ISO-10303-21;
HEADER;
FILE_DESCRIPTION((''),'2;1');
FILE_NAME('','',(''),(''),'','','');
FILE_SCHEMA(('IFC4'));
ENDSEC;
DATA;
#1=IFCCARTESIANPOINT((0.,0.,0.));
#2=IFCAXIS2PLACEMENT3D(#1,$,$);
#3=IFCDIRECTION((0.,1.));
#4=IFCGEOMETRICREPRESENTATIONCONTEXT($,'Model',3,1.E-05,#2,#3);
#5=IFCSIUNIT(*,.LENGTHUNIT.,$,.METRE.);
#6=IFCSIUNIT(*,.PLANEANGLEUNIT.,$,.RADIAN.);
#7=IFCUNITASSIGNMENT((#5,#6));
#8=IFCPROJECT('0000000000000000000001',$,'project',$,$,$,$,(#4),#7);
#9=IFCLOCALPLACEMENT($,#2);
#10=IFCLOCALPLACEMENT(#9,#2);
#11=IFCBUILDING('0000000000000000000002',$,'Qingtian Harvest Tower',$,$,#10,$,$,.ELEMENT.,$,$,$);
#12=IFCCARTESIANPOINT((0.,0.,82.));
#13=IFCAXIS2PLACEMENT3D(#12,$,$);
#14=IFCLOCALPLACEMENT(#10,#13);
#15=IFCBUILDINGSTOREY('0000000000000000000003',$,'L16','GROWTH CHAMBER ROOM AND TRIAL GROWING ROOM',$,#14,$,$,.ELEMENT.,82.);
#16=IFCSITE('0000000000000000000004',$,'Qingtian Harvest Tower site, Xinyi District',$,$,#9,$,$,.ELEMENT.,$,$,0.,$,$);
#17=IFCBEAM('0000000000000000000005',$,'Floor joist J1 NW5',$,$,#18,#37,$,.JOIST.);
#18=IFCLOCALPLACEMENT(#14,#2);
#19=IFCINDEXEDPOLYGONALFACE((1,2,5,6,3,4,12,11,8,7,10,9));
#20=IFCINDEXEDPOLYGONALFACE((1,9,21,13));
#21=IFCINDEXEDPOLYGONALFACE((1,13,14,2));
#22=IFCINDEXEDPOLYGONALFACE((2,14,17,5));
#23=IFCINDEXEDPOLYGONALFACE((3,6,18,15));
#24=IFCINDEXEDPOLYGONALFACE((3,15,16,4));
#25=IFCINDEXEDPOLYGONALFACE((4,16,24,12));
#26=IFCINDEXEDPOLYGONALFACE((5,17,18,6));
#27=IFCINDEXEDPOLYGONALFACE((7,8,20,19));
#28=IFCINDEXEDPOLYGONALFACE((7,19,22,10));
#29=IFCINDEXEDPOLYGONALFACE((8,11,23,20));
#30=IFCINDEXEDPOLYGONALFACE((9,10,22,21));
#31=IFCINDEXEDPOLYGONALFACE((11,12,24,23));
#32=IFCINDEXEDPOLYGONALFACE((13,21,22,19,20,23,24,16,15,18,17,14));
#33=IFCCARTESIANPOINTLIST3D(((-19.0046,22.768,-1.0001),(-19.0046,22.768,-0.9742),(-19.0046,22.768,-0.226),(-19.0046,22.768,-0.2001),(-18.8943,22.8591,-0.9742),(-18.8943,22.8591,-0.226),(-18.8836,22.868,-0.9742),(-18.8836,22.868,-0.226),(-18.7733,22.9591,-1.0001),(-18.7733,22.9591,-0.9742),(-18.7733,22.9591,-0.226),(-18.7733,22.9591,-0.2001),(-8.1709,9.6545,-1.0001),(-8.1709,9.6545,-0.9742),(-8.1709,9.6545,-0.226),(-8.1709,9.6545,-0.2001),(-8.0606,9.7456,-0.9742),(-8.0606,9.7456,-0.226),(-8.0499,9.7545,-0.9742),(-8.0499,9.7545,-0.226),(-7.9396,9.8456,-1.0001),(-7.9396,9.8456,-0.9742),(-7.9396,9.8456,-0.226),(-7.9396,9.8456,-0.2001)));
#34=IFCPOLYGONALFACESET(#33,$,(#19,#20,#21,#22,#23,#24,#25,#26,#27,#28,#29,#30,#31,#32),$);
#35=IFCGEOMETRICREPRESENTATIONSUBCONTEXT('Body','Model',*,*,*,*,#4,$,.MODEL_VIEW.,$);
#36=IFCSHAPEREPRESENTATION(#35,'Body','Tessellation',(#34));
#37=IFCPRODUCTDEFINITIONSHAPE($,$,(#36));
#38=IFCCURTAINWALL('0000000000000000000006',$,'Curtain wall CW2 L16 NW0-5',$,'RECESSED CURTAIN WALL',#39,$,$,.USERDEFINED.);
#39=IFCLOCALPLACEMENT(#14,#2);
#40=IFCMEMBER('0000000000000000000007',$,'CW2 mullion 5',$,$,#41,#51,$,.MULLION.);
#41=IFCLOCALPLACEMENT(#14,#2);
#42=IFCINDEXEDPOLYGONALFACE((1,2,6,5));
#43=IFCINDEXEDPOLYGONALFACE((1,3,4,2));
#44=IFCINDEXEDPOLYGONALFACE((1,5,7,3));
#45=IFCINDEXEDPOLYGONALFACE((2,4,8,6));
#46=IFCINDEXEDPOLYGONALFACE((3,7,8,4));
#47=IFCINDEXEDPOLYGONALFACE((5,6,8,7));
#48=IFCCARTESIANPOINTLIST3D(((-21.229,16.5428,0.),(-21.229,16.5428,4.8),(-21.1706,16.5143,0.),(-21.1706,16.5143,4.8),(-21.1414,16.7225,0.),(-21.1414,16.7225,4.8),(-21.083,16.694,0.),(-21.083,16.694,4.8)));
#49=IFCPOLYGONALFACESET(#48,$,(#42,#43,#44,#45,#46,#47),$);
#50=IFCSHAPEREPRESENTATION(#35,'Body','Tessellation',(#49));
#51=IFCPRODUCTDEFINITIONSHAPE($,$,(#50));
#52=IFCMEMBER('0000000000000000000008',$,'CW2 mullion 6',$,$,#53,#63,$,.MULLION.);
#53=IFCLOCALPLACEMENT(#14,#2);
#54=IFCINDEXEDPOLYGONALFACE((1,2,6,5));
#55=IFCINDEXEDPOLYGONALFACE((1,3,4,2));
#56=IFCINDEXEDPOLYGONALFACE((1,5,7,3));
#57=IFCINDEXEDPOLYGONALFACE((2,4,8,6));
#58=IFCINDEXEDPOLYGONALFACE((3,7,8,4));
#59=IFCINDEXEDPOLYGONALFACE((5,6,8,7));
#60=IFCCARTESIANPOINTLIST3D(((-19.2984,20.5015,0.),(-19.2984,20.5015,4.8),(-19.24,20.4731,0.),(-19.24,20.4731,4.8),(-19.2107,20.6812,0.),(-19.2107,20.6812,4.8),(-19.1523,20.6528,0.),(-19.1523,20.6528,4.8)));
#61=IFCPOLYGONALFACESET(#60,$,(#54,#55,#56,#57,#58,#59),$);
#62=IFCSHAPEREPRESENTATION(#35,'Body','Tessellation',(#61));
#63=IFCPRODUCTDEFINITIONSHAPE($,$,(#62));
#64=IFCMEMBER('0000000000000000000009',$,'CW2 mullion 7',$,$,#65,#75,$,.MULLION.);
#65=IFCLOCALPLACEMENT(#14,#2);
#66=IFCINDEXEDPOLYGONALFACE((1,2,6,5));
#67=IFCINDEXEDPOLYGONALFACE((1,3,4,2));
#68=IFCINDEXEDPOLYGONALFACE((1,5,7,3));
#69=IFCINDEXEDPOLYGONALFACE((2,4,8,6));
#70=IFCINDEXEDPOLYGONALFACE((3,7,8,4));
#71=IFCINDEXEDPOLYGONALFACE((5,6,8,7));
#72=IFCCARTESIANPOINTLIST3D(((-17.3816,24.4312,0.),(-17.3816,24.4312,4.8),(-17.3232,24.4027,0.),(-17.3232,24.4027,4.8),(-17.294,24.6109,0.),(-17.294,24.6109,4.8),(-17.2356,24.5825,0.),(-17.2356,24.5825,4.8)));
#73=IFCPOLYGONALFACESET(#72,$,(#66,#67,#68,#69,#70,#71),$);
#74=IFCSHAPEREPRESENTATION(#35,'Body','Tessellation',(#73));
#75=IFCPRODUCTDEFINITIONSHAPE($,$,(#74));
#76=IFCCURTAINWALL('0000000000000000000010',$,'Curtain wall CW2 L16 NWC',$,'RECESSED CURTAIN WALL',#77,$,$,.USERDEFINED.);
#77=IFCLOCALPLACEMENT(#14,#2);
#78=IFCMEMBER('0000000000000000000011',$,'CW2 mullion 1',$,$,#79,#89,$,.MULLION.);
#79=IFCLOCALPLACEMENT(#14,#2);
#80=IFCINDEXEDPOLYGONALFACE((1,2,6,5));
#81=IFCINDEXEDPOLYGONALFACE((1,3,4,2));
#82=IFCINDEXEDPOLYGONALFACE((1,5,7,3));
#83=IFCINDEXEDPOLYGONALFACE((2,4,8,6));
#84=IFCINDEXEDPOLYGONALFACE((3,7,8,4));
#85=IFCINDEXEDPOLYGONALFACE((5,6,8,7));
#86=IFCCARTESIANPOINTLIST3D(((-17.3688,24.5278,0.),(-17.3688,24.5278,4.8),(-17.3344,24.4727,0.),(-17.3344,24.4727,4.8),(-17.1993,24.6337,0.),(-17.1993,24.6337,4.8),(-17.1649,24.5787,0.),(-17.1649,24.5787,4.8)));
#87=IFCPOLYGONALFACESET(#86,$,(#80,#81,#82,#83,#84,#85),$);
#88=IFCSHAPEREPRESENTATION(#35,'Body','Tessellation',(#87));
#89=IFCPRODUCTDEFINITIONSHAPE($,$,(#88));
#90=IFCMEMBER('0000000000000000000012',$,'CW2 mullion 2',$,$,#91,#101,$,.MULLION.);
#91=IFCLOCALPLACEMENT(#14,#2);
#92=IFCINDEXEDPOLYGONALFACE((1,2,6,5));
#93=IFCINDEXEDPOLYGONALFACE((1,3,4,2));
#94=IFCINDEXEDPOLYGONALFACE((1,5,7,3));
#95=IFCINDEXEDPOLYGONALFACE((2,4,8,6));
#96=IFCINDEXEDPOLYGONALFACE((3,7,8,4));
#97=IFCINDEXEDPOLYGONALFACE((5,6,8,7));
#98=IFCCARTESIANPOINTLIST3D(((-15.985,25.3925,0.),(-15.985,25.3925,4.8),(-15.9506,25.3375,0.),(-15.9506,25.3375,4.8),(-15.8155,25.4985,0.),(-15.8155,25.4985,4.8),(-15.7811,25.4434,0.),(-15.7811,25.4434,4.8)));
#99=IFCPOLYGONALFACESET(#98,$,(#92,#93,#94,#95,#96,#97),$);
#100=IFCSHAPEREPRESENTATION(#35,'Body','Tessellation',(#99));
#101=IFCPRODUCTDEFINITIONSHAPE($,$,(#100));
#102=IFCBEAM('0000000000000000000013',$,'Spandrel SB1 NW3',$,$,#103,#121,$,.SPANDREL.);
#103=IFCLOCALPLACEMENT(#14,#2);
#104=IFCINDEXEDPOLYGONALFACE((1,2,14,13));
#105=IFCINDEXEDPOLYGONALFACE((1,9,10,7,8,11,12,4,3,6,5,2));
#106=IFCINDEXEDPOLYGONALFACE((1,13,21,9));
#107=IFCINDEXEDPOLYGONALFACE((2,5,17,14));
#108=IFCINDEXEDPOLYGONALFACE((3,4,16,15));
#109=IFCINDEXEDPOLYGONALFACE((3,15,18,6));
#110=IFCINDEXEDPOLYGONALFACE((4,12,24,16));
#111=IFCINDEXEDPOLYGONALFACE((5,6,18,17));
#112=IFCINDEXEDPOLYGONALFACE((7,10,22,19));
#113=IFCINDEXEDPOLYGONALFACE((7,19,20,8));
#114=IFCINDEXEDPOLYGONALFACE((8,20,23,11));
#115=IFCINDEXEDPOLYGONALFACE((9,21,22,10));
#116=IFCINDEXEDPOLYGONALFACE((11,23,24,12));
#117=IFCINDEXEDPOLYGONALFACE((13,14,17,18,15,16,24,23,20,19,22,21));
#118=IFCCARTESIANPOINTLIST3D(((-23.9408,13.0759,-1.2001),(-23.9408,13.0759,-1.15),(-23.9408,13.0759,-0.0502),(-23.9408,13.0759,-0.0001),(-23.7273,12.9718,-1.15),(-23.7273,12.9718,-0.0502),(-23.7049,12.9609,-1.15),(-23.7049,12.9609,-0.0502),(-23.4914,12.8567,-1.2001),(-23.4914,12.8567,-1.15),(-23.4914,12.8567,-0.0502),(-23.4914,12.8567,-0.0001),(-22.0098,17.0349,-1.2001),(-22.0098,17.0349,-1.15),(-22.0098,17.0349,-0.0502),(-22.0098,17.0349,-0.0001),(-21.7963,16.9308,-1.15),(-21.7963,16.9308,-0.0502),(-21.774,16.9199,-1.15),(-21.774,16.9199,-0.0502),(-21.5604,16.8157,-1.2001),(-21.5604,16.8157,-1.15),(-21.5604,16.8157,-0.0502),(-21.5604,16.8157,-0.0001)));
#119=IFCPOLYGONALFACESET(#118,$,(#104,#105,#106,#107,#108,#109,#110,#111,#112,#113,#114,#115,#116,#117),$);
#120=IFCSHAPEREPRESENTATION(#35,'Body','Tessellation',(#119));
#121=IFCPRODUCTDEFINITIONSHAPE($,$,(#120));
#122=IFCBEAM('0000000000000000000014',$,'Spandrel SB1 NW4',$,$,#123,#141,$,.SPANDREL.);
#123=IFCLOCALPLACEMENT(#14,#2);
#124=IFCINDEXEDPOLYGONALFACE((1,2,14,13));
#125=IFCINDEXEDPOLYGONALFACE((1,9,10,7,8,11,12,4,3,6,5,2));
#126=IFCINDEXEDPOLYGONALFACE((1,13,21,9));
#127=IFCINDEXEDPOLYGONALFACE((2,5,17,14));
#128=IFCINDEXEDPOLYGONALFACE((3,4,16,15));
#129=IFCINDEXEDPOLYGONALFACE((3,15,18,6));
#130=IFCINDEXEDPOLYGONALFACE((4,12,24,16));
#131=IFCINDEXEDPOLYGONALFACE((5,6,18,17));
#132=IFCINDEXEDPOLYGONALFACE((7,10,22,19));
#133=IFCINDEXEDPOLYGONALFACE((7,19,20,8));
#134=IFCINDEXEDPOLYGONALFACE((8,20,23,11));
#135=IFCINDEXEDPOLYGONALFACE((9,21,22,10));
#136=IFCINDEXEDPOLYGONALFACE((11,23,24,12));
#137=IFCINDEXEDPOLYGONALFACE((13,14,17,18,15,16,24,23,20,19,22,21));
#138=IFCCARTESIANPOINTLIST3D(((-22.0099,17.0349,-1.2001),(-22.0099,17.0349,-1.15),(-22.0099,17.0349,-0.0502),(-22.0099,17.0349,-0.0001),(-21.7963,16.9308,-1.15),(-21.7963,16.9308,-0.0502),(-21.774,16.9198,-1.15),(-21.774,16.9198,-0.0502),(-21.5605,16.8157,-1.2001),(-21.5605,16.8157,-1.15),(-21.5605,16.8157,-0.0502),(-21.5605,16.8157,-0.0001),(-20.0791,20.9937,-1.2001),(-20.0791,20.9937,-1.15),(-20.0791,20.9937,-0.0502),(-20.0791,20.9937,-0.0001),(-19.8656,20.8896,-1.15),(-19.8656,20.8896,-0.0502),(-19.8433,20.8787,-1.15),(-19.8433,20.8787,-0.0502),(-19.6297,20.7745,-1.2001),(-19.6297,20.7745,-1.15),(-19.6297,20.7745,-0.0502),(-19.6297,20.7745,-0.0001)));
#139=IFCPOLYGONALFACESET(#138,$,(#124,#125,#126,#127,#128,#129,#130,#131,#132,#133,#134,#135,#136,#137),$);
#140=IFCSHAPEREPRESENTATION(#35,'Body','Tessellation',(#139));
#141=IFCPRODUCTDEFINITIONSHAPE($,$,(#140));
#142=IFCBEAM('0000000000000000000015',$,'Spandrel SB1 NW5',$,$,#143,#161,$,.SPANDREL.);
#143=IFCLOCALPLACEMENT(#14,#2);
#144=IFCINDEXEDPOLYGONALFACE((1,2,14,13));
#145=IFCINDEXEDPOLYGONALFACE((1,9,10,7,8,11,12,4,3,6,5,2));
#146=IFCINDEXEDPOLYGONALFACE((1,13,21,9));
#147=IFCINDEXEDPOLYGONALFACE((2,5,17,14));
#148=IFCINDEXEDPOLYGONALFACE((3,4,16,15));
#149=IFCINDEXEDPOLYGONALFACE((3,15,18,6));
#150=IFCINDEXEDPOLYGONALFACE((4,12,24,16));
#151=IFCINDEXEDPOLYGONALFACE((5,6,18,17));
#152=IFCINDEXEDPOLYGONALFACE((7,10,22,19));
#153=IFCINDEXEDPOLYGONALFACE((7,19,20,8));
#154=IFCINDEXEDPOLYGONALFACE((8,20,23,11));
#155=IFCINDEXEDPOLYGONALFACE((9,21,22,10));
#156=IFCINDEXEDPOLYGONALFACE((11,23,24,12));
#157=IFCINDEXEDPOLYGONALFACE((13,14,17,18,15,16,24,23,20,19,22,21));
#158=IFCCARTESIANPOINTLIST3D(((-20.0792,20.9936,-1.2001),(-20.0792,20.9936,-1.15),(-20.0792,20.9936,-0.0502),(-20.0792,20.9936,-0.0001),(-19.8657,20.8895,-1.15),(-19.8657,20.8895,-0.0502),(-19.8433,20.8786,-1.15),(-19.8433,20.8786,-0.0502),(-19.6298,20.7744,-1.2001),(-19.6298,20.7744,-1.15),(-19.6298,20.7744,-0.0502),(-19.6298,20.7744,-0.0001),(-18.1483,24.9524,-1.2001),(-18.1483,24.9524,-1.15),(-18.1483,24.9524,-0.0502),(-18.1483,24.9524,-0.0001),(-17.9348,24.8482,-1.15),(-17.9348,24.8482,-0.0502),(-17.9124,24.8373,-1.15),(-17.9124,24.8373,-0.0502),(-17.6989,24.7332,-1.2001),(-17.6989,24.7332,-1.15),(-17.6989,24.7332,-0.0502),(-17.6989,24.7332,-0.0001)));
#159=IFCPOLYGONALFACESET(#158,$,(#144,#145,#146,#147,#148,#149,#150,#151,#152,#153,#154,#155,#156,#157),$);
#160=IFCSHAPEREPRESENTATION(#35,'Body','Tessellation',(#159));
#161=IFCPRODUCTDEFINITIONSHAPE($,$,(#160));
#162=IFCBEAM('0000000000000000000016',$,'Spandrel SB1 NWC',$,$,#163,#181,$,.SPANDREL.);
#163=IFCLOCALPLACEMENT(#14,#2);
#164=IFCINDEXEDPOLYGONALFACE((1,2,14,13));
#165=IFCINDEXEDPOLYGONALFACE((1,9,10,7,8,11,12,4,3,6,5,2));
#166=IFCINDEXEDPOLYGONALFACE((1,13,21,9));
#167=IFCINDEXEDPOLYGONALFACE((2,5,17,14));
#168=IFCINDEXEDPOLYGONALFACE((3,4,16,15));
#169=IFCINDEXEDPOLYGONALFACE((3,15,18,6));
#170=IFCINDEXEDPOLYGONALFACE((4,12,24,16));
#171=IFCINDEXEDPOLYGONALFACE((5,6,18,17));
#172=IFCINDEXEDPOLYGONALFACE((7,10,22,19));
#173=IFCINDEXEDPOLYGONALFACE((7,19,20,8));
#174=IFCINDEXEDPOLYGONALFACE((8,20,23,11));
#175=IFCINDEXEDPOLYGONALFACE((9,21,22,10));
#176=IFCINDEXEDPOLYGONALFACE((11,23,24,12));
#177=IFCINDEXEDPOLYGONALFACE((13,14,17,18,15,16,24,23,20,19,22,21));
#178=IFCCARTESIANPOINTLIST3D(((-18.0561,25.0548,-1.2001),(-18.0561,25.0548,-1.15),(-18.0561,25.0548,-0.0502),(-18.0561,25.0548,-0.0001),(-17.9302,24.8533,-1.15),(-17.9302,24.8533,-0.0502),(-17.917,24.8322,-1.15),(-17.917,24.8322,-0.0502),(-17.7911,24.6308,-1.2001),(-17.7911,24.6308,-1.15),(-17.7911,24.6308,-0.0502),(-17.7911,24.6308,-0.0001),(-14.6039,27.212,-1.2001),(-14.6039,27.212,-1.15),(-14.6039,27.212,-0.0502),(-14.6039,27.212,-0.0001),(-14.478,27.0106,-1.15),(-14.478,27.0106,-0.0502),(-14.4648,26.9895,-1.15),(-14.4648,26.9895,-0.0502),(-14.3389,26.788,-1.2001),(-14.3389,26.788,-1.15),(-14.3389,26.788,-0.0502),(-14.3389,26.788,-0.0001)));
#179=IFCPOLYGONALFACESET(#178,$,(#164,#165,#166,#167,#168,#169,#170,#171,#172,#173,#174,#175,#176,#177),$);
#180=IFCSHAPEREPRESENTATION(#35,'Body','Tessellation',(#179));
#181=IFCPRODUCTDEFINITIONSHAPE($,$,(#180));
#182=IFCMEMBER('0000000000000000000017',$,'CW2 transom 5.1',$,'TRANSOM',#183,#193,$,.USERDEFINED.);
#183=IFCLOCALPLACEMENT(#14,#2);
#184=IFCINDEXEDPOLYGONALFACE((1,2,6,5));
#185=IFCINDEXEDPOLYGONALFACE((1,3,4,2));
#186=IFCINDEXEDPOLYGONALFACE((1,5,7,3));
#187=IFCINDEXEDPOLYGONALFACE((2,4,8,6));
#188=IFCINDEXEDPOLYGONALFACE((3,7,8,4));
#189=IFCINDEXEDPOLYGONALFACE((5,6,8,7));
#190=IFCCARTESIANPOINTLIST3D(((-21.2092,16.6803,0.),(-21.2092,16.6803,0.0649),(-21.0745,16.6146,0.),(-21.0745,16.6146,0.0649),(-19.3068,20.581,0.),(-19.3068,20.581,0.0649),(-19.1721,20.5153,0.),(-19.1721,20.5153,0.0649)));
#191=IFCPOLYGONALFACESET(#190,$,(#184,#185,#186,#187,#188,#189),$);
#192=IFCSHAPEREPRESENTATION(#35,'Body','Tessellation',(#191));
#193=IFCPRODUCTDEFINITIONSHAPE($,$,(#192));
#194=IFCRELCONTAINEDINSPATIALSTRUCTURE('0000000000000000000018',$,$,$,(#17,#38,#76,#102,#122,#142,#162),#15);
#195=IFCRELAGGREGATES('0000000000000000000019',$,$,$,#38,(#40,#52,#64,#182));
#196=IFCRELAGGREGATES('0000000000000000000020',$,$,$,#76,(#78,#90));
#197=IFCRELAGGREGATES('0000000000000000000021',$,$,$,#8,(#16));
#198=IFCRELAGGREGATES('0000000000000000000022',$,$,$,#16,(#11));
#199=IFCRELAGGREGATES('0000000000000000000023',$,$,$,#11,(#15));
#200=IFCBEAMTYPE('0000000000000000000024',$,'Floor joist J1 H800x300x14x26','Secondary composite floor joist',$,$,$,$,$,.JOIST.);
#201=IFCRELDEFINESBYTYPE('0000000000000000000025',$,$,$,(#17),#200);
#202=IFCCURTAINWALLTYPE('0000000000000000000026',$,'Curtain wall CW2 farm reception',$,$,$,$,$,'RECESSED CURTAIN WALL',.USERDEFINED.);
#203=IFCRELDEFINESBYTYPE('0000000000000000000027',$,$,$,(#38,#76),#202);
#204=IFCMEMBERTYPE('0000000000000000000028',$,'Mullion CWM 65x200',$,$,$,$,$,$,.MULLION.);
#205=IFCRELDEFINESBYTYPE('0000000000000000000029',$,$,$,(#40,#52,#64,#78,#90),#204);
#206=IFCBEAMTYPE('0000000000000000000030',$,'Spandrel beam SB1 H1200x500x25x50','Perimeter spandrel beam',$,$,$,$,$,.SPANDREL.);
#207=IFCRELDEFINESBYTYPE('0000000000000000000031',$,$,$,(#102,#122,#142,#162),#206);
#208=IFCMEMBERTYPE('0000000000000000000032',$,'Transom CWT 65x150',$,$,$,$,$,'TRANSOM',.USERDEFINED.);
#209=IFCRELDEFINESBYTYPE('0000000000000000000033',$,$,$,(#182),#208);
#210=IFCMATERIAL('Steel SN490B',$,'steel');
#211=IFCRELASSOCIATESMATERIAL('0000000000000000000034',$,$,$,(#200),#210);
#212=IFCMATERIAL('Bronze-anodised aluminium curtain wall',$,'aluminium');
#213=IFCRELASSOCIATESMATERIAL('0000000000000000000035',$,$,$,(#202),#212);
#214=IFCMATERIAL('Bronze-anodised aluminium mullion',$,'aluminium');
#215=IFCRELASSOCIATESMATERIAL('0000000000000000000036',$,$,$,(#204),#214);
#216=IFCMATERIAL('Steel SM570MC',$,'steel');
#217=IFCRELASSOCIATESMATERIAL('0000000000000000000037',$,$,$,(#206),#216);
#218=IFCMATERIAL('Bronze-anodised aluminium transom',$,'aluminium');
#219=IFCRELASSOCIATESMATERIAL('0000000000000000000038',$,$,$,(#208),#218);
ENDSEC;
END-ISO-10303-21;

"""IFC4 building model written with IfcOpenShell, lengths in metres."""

from ifc_helpers import new_model, si_unit, direction, frame, origin, origin_2d, place, context, subcontext, project, spatial, rectangle, i_section, extrude, material, material_profile, profile_set, type_object, element, aggregate, save


model = new_model("IFC4")

# Units and contexts
model_context = context("Model", 3, precision=1e-05, world=origin(), true_north=direction((0.0, 1.0)))
body_context = subcontext(model_context, "Body", "Model", "MODEL_VIEW")
ifc_project = project(units=[si_unit("LENGTHUNIT", "METRE"), si_unit("PLANEANGLEUNIT", "RADIAN")], contexts=[model_context])

# Site, building, storey
site_placement = place(None, origin())
site = spatial("IfcSite", under=ifc_project, at=site_placement, Name="Qingtian Harvest Tower site, Xinyi District", CompositionType="ELEMENT", RefElevation=0.0)
building_placement = place(site_placement, origin())
building = spatial("IfcBuilding", under=site, at=building_placement, Name="Qingtian Harvest Tower", CompositionType="ELEMENT")
storey_placement = place(building_placement, frame((0.0, 0.0, 82.0)))
storey = spatial("IfcBuildingStorey", under=building, at=storey_placement, Name="L16", Description="GROWTH CHAMBER ROOM AND TRIAL GROWING ROOM", CompositionType="ELEMENT", Elevation=82.0)

# Beam
ifc_material_1 = material(Name="Steel SN490B", Category="steel")
ifc_material_profile_1 = material_profile(ifc_material_1, i_section(OverallWidth=0.3, OverallDepth=0.8, WebThickness=0.0139, FlangeThickness=0.0259, at=origin_2d()), Name="H800x300x14x26")
ifc_profile_set_1 = profile_set([ifc_material_profile_1], Name="Steel SN490B")
beam_type_1 = type_object("IfcBeamType", Name="Floor joist J1 H800x300x14x26", Description="Secondary composite floor joist", PredefinedType="JOIST", material=ifc_profile_set_1)
beam_1_placement = place(storey_placement, frame((-18.8889, 22.8635, -0.6001), z_axis=(0.63691, -0.770938, 0.0), x_axis=(0.770938, 0.63691, 0.0)))
element("IfcBeam", 1, at=beam_1_placement, inside=storey, type_object=beam_type_1, Name="Floor joist J1 NW5", PredefinedType="JOIST", context=body_context, shape_type="SweptSolid", body=[
    extrude(i_section(OverallWidth=0.3, OverallDepth=0.8, WebThickness=0.0139, FlangeThickness=0.0259, at=origin_2d()), origin(), (0.0, 0.0, 1.0), 17.0098),
])

# Curtain walls, members
ifc_material_2 = material(Name="Bronze-anodised aluminium curtain wall", Category="aluminium")
curtain_wall_type = type_object("IfcCurtainWallType", Name="Curtain wall CW2 farm reception", ElementType="RECESSED CURTAIN WALL", PredefinedType="USERDEFINED", material=ifc_material_2)
curtain_wall_1_placement = place(storey_placement, origin())
curtain_wall_1 = element("IfcCurtainWall", 2, at=curtain_wall_1_placement, inside=storey, type_object=curtain_wall_type, Name="Curtain wall CW2 L16 NW0-5", ObjectType="RECESSED CURTAIN WALL", PredefinedType="USERDEFINED")
ifc_material_3 = material(Name="Bronze-anodised aluminium mullion", Category="aluminium")
ifc_material_profile_2 = material_profile(ifc_material_3, rectangle(XDim=0.0649, YDim=0.2, at=origin_2d()), Name="AL 65x200")
ifc_profile_set_2 = profile_set([ifc_material_profile_2], Name="Bronze-anodised aluminium mullion")
member_type_1 = type_object("IfcMemberType", Name="Mullion CWM 65x200", PredefinedType="MULLION", material=ifc_profile_set_2)
member_1_placement = place(storey_placement, frame((-21.156, 16.6184, 0.0), z_axis=(0.0, 0.0, 1.0), x_axis=(-0.898794, 0.438371, 0.0)))
member_1 = element("IfcMember", 3, at=member_1_placement, type_object=member_type_1, Name="CW2 mullion 5", PredefinedType="MULLION", context=body_context, shape_type="SweptSolid", body=[
    extrude(rectangle(XDim=0.0649, YDim=0.2, at=origin_2d()), origin(), (0.0, 0.0, 1.0), 4.8),
])
member_2_placement = place(storey_placement, frame((-19.2253, 20.5771, 0.0), z_axis=(0.0, 0.0, 1.0), x_axis=(-0.898794, 0.438371, 0.0)))
member_2 = element("IfcMember", 4, at=member_2_placement, type_object=member_type_1, Name="CW2 mullion 6", PredefinedType="MULLION", context=body_context, shape_type="SweptSolid", body=[
    extrude(rectangle(XDim=0.0649, YDim=0.2, at=origin_2d()), origin(), (0.0, 0.0, 1.0), 4.8),
])
member_3_placement = place(storey_placement, frame((-17.3086, 24.5068, 0.0), z_axis=(0.0, 0.0, 1.0), x_axis=(-0.898794, 0.438371, 0.0)))
member_3 = element("IfcMember", 5, at=member_3_placement, type_object=member_type_1, Name="CW2 mullion 7", PredefinedType="MULLION", context=body_context, shape_type="SweptSolid", body=[
    extrude(rectangle(XDim=0.0649, YDim=0.2, at=origin_2d()), origin(), (0.0, 0.0, 1.0), 4.8),
])
curtain_wall_2_placement = place(storey_placement, origin())
curtain_wall_2 = element("IfcCurtainWall", 6, at=curtain_wall_2_placement, inside=storey, type_object=curtain_wall_type, Name="Curtain wall CW2 L16 NWC", ObjectType="RECESSED CURTAIN WALL", PredefinedType="USERDEFINED")
member_4_placement = place(storey_placement, frame((-17.2668, 24.5532, 0.0), z_axis=(0.0, 0.0, 1.0), x_axis=(-0.529919, 0.848048, 0.0)))
member_4 = element("IfcMember", 7, at=member_4_placement, type_object=member_type_1, Name="CW2 mullion 1", PredefinedType="MULLION", context=body_context, shape_type="SweptSolid", body=[
    extrude(rectangle(XDim=0.0649, YDim=0.2, at=origin_2d()), origin(), (0.0, 0.0, 1.0), 4.8),
])
member_5_placement = place(storey_placement, frame((-15.8831, 25.418, 0.0), z_axis=(0.0, 0.0, 1.0), x_axis=(-0.529919, 0.848048, 0.0)))
member_5 = element("IfcMember", 8, at=member_5_placement, type_object=member_type_1, Name="CW2 mullion 2", PredefinedType="MULLION", context=body_context, shape_type="SweptSolid", body=[
    extrude(rectangle(XDim=0.0649, YDim=0.2, at=origin_2d()), origin(), (0.0, 0.0, 1.0), 4.8),
])

# Beams
ifc_material_4 = material(Name="Steel SM570MC", Category="steel")
ifc_material_profile_3 = material_profile(ifc_material_4, i_section(OverallWidth=0.5, OverallDepth=1.2, WebThickness=0.0249, FlangeThickness=0.05, at=origin_2d()), Name="H1200x500x25x50")
ifc_profile_set_3 = profile_set([ifc_material_profile_3], Name="Steel SM570MC")
beam_type_2 = type_object("IfcBeamType", Name="Spandrel beam SB1 H1200x500x25x50", Description="Perimeter spandrel beam", PredefinedType="SPANDREL", material=ifc_profile_set_3)
beam_2_placement = place(storey_placement, frame((-23.7161, 12.9663, -0.6001), z_axis=(0.438368, 0.898796, 0.0), x_axis=(-0.898796, 0.438368, 0.0)))
element("IfcBeam", 9, at=beam_2_placement, inside=storey, type_object=beam_type_2, Name="Spandrel SB1 NW3", PredefinedType="SPANDREL", context=body_context, shape_type="SweptSolid", body=[
    extrude(i_section(OverallWidth=0.5, OverallDepth=1.2, WebThickness=0.0249, FlangeThickness=0.05, at=origin_2d()), origin(), (0.0, 0.0, 1.0), 4.4048),
])
for number, where, z_axis, x_axis, name in (
    (10, (-21.7852, 16.9253, -0.6001), (0.438345, 0.898807, 0.0), (-0.898807, 0.438345, 0.0), "Spandrel SB1 NW4"),
    (11, (-19.8545, 20.884, -0.6001), (0.43839, 0.898785, 0.0), (-0.898785, 0.43839, 0.0), "Spandrel SB1 NW5"),
):
    element("IfcBeam", number, at=place(storey_placement, frame(where, z_axis=z_axis, x_axis=x_axis)), inside=storey, type_object=beam_type_2, Name=name, PredefinedType="SPANDREL", context=body_context, shape_type="SweptSolid", body=[
        extrude(i_section(OverallWidth=0.5, OverallDepth=1.2, WebThickness=0.0249, FlangeThickness=0.05, at=origin_2d()), origin(), (0.0, 0.0, 1.0), 4.4045),
    ])
beam_3_placement = place(storey_placement, frame((-17.9236, 24.8428, -0.6001), z_axis=(0.848039, 0.529934, 0.0), x_axis=(-0.529934, 0.848039, 0.0)))
element("IfcBeam", 12, at=beam_3_placement, inside=storey, type_object=beam_type_2, Name="Spandrel SB1 NWC", PredefinedType="SPANDREL", context=body_context, shape_type="SweptSolid", body=[
    extrude(i_section(OverallWidth=0.5, OverallDepth=1.2, WebThickness=0.0249, FlangeThickness=0.05, at=origin_2d()), origin(), (0.0, 0.0, 1.0), 4.0708),
])

# Member
ifc_material_5 = material(Name="Bronze-anodised aluminium transom", Category="aluminium")
ifc_material_profile_4 = material_profile(ifc_material_5, rectangle(XDim=0.1499, YDim=0.0649, at=origin_2d()), Name="AL 65x150")
ifc_profile_set_4 = profile_set([ifc_material_profile_4], Name="Bronze-anodised aluminium transom")
member_type_2 = type_object("IfcMemberType", Name="Transom CWT 65x150", ElementType="TRANSOM", PredefinedType="USERDEFINED", material=ifc_profile_set_4)
member_6_placement = place(storey_placement, frame((-21.1418, 16.6475, 0.0325), z_axis=(0.438348, 0.898805, 0.0), x_axis=(-0.898805, 0.438348, 0.0)))
member_6 = element("IfcMember", 13, at=member_6_placement, type_object=member_type_2, Name="CW2 transom 5.1", ObjectType="TRANSOM", PredefinedType="USERDEFINED", context=body_context, shape_type="SweptSolid", body=[
    extrude(rectangle(XDim=0.1499, YDim=0.0649, at=origin_2d()), origin(), (0.0, 0.0, 1.0), 4.3398),
])

aggregate(curtain_wall_1, [member_1, member_2, member_3, member_6])
aggregate(curtain_wall_2, [member_4, member_5])

save(model, "model.ifc")
